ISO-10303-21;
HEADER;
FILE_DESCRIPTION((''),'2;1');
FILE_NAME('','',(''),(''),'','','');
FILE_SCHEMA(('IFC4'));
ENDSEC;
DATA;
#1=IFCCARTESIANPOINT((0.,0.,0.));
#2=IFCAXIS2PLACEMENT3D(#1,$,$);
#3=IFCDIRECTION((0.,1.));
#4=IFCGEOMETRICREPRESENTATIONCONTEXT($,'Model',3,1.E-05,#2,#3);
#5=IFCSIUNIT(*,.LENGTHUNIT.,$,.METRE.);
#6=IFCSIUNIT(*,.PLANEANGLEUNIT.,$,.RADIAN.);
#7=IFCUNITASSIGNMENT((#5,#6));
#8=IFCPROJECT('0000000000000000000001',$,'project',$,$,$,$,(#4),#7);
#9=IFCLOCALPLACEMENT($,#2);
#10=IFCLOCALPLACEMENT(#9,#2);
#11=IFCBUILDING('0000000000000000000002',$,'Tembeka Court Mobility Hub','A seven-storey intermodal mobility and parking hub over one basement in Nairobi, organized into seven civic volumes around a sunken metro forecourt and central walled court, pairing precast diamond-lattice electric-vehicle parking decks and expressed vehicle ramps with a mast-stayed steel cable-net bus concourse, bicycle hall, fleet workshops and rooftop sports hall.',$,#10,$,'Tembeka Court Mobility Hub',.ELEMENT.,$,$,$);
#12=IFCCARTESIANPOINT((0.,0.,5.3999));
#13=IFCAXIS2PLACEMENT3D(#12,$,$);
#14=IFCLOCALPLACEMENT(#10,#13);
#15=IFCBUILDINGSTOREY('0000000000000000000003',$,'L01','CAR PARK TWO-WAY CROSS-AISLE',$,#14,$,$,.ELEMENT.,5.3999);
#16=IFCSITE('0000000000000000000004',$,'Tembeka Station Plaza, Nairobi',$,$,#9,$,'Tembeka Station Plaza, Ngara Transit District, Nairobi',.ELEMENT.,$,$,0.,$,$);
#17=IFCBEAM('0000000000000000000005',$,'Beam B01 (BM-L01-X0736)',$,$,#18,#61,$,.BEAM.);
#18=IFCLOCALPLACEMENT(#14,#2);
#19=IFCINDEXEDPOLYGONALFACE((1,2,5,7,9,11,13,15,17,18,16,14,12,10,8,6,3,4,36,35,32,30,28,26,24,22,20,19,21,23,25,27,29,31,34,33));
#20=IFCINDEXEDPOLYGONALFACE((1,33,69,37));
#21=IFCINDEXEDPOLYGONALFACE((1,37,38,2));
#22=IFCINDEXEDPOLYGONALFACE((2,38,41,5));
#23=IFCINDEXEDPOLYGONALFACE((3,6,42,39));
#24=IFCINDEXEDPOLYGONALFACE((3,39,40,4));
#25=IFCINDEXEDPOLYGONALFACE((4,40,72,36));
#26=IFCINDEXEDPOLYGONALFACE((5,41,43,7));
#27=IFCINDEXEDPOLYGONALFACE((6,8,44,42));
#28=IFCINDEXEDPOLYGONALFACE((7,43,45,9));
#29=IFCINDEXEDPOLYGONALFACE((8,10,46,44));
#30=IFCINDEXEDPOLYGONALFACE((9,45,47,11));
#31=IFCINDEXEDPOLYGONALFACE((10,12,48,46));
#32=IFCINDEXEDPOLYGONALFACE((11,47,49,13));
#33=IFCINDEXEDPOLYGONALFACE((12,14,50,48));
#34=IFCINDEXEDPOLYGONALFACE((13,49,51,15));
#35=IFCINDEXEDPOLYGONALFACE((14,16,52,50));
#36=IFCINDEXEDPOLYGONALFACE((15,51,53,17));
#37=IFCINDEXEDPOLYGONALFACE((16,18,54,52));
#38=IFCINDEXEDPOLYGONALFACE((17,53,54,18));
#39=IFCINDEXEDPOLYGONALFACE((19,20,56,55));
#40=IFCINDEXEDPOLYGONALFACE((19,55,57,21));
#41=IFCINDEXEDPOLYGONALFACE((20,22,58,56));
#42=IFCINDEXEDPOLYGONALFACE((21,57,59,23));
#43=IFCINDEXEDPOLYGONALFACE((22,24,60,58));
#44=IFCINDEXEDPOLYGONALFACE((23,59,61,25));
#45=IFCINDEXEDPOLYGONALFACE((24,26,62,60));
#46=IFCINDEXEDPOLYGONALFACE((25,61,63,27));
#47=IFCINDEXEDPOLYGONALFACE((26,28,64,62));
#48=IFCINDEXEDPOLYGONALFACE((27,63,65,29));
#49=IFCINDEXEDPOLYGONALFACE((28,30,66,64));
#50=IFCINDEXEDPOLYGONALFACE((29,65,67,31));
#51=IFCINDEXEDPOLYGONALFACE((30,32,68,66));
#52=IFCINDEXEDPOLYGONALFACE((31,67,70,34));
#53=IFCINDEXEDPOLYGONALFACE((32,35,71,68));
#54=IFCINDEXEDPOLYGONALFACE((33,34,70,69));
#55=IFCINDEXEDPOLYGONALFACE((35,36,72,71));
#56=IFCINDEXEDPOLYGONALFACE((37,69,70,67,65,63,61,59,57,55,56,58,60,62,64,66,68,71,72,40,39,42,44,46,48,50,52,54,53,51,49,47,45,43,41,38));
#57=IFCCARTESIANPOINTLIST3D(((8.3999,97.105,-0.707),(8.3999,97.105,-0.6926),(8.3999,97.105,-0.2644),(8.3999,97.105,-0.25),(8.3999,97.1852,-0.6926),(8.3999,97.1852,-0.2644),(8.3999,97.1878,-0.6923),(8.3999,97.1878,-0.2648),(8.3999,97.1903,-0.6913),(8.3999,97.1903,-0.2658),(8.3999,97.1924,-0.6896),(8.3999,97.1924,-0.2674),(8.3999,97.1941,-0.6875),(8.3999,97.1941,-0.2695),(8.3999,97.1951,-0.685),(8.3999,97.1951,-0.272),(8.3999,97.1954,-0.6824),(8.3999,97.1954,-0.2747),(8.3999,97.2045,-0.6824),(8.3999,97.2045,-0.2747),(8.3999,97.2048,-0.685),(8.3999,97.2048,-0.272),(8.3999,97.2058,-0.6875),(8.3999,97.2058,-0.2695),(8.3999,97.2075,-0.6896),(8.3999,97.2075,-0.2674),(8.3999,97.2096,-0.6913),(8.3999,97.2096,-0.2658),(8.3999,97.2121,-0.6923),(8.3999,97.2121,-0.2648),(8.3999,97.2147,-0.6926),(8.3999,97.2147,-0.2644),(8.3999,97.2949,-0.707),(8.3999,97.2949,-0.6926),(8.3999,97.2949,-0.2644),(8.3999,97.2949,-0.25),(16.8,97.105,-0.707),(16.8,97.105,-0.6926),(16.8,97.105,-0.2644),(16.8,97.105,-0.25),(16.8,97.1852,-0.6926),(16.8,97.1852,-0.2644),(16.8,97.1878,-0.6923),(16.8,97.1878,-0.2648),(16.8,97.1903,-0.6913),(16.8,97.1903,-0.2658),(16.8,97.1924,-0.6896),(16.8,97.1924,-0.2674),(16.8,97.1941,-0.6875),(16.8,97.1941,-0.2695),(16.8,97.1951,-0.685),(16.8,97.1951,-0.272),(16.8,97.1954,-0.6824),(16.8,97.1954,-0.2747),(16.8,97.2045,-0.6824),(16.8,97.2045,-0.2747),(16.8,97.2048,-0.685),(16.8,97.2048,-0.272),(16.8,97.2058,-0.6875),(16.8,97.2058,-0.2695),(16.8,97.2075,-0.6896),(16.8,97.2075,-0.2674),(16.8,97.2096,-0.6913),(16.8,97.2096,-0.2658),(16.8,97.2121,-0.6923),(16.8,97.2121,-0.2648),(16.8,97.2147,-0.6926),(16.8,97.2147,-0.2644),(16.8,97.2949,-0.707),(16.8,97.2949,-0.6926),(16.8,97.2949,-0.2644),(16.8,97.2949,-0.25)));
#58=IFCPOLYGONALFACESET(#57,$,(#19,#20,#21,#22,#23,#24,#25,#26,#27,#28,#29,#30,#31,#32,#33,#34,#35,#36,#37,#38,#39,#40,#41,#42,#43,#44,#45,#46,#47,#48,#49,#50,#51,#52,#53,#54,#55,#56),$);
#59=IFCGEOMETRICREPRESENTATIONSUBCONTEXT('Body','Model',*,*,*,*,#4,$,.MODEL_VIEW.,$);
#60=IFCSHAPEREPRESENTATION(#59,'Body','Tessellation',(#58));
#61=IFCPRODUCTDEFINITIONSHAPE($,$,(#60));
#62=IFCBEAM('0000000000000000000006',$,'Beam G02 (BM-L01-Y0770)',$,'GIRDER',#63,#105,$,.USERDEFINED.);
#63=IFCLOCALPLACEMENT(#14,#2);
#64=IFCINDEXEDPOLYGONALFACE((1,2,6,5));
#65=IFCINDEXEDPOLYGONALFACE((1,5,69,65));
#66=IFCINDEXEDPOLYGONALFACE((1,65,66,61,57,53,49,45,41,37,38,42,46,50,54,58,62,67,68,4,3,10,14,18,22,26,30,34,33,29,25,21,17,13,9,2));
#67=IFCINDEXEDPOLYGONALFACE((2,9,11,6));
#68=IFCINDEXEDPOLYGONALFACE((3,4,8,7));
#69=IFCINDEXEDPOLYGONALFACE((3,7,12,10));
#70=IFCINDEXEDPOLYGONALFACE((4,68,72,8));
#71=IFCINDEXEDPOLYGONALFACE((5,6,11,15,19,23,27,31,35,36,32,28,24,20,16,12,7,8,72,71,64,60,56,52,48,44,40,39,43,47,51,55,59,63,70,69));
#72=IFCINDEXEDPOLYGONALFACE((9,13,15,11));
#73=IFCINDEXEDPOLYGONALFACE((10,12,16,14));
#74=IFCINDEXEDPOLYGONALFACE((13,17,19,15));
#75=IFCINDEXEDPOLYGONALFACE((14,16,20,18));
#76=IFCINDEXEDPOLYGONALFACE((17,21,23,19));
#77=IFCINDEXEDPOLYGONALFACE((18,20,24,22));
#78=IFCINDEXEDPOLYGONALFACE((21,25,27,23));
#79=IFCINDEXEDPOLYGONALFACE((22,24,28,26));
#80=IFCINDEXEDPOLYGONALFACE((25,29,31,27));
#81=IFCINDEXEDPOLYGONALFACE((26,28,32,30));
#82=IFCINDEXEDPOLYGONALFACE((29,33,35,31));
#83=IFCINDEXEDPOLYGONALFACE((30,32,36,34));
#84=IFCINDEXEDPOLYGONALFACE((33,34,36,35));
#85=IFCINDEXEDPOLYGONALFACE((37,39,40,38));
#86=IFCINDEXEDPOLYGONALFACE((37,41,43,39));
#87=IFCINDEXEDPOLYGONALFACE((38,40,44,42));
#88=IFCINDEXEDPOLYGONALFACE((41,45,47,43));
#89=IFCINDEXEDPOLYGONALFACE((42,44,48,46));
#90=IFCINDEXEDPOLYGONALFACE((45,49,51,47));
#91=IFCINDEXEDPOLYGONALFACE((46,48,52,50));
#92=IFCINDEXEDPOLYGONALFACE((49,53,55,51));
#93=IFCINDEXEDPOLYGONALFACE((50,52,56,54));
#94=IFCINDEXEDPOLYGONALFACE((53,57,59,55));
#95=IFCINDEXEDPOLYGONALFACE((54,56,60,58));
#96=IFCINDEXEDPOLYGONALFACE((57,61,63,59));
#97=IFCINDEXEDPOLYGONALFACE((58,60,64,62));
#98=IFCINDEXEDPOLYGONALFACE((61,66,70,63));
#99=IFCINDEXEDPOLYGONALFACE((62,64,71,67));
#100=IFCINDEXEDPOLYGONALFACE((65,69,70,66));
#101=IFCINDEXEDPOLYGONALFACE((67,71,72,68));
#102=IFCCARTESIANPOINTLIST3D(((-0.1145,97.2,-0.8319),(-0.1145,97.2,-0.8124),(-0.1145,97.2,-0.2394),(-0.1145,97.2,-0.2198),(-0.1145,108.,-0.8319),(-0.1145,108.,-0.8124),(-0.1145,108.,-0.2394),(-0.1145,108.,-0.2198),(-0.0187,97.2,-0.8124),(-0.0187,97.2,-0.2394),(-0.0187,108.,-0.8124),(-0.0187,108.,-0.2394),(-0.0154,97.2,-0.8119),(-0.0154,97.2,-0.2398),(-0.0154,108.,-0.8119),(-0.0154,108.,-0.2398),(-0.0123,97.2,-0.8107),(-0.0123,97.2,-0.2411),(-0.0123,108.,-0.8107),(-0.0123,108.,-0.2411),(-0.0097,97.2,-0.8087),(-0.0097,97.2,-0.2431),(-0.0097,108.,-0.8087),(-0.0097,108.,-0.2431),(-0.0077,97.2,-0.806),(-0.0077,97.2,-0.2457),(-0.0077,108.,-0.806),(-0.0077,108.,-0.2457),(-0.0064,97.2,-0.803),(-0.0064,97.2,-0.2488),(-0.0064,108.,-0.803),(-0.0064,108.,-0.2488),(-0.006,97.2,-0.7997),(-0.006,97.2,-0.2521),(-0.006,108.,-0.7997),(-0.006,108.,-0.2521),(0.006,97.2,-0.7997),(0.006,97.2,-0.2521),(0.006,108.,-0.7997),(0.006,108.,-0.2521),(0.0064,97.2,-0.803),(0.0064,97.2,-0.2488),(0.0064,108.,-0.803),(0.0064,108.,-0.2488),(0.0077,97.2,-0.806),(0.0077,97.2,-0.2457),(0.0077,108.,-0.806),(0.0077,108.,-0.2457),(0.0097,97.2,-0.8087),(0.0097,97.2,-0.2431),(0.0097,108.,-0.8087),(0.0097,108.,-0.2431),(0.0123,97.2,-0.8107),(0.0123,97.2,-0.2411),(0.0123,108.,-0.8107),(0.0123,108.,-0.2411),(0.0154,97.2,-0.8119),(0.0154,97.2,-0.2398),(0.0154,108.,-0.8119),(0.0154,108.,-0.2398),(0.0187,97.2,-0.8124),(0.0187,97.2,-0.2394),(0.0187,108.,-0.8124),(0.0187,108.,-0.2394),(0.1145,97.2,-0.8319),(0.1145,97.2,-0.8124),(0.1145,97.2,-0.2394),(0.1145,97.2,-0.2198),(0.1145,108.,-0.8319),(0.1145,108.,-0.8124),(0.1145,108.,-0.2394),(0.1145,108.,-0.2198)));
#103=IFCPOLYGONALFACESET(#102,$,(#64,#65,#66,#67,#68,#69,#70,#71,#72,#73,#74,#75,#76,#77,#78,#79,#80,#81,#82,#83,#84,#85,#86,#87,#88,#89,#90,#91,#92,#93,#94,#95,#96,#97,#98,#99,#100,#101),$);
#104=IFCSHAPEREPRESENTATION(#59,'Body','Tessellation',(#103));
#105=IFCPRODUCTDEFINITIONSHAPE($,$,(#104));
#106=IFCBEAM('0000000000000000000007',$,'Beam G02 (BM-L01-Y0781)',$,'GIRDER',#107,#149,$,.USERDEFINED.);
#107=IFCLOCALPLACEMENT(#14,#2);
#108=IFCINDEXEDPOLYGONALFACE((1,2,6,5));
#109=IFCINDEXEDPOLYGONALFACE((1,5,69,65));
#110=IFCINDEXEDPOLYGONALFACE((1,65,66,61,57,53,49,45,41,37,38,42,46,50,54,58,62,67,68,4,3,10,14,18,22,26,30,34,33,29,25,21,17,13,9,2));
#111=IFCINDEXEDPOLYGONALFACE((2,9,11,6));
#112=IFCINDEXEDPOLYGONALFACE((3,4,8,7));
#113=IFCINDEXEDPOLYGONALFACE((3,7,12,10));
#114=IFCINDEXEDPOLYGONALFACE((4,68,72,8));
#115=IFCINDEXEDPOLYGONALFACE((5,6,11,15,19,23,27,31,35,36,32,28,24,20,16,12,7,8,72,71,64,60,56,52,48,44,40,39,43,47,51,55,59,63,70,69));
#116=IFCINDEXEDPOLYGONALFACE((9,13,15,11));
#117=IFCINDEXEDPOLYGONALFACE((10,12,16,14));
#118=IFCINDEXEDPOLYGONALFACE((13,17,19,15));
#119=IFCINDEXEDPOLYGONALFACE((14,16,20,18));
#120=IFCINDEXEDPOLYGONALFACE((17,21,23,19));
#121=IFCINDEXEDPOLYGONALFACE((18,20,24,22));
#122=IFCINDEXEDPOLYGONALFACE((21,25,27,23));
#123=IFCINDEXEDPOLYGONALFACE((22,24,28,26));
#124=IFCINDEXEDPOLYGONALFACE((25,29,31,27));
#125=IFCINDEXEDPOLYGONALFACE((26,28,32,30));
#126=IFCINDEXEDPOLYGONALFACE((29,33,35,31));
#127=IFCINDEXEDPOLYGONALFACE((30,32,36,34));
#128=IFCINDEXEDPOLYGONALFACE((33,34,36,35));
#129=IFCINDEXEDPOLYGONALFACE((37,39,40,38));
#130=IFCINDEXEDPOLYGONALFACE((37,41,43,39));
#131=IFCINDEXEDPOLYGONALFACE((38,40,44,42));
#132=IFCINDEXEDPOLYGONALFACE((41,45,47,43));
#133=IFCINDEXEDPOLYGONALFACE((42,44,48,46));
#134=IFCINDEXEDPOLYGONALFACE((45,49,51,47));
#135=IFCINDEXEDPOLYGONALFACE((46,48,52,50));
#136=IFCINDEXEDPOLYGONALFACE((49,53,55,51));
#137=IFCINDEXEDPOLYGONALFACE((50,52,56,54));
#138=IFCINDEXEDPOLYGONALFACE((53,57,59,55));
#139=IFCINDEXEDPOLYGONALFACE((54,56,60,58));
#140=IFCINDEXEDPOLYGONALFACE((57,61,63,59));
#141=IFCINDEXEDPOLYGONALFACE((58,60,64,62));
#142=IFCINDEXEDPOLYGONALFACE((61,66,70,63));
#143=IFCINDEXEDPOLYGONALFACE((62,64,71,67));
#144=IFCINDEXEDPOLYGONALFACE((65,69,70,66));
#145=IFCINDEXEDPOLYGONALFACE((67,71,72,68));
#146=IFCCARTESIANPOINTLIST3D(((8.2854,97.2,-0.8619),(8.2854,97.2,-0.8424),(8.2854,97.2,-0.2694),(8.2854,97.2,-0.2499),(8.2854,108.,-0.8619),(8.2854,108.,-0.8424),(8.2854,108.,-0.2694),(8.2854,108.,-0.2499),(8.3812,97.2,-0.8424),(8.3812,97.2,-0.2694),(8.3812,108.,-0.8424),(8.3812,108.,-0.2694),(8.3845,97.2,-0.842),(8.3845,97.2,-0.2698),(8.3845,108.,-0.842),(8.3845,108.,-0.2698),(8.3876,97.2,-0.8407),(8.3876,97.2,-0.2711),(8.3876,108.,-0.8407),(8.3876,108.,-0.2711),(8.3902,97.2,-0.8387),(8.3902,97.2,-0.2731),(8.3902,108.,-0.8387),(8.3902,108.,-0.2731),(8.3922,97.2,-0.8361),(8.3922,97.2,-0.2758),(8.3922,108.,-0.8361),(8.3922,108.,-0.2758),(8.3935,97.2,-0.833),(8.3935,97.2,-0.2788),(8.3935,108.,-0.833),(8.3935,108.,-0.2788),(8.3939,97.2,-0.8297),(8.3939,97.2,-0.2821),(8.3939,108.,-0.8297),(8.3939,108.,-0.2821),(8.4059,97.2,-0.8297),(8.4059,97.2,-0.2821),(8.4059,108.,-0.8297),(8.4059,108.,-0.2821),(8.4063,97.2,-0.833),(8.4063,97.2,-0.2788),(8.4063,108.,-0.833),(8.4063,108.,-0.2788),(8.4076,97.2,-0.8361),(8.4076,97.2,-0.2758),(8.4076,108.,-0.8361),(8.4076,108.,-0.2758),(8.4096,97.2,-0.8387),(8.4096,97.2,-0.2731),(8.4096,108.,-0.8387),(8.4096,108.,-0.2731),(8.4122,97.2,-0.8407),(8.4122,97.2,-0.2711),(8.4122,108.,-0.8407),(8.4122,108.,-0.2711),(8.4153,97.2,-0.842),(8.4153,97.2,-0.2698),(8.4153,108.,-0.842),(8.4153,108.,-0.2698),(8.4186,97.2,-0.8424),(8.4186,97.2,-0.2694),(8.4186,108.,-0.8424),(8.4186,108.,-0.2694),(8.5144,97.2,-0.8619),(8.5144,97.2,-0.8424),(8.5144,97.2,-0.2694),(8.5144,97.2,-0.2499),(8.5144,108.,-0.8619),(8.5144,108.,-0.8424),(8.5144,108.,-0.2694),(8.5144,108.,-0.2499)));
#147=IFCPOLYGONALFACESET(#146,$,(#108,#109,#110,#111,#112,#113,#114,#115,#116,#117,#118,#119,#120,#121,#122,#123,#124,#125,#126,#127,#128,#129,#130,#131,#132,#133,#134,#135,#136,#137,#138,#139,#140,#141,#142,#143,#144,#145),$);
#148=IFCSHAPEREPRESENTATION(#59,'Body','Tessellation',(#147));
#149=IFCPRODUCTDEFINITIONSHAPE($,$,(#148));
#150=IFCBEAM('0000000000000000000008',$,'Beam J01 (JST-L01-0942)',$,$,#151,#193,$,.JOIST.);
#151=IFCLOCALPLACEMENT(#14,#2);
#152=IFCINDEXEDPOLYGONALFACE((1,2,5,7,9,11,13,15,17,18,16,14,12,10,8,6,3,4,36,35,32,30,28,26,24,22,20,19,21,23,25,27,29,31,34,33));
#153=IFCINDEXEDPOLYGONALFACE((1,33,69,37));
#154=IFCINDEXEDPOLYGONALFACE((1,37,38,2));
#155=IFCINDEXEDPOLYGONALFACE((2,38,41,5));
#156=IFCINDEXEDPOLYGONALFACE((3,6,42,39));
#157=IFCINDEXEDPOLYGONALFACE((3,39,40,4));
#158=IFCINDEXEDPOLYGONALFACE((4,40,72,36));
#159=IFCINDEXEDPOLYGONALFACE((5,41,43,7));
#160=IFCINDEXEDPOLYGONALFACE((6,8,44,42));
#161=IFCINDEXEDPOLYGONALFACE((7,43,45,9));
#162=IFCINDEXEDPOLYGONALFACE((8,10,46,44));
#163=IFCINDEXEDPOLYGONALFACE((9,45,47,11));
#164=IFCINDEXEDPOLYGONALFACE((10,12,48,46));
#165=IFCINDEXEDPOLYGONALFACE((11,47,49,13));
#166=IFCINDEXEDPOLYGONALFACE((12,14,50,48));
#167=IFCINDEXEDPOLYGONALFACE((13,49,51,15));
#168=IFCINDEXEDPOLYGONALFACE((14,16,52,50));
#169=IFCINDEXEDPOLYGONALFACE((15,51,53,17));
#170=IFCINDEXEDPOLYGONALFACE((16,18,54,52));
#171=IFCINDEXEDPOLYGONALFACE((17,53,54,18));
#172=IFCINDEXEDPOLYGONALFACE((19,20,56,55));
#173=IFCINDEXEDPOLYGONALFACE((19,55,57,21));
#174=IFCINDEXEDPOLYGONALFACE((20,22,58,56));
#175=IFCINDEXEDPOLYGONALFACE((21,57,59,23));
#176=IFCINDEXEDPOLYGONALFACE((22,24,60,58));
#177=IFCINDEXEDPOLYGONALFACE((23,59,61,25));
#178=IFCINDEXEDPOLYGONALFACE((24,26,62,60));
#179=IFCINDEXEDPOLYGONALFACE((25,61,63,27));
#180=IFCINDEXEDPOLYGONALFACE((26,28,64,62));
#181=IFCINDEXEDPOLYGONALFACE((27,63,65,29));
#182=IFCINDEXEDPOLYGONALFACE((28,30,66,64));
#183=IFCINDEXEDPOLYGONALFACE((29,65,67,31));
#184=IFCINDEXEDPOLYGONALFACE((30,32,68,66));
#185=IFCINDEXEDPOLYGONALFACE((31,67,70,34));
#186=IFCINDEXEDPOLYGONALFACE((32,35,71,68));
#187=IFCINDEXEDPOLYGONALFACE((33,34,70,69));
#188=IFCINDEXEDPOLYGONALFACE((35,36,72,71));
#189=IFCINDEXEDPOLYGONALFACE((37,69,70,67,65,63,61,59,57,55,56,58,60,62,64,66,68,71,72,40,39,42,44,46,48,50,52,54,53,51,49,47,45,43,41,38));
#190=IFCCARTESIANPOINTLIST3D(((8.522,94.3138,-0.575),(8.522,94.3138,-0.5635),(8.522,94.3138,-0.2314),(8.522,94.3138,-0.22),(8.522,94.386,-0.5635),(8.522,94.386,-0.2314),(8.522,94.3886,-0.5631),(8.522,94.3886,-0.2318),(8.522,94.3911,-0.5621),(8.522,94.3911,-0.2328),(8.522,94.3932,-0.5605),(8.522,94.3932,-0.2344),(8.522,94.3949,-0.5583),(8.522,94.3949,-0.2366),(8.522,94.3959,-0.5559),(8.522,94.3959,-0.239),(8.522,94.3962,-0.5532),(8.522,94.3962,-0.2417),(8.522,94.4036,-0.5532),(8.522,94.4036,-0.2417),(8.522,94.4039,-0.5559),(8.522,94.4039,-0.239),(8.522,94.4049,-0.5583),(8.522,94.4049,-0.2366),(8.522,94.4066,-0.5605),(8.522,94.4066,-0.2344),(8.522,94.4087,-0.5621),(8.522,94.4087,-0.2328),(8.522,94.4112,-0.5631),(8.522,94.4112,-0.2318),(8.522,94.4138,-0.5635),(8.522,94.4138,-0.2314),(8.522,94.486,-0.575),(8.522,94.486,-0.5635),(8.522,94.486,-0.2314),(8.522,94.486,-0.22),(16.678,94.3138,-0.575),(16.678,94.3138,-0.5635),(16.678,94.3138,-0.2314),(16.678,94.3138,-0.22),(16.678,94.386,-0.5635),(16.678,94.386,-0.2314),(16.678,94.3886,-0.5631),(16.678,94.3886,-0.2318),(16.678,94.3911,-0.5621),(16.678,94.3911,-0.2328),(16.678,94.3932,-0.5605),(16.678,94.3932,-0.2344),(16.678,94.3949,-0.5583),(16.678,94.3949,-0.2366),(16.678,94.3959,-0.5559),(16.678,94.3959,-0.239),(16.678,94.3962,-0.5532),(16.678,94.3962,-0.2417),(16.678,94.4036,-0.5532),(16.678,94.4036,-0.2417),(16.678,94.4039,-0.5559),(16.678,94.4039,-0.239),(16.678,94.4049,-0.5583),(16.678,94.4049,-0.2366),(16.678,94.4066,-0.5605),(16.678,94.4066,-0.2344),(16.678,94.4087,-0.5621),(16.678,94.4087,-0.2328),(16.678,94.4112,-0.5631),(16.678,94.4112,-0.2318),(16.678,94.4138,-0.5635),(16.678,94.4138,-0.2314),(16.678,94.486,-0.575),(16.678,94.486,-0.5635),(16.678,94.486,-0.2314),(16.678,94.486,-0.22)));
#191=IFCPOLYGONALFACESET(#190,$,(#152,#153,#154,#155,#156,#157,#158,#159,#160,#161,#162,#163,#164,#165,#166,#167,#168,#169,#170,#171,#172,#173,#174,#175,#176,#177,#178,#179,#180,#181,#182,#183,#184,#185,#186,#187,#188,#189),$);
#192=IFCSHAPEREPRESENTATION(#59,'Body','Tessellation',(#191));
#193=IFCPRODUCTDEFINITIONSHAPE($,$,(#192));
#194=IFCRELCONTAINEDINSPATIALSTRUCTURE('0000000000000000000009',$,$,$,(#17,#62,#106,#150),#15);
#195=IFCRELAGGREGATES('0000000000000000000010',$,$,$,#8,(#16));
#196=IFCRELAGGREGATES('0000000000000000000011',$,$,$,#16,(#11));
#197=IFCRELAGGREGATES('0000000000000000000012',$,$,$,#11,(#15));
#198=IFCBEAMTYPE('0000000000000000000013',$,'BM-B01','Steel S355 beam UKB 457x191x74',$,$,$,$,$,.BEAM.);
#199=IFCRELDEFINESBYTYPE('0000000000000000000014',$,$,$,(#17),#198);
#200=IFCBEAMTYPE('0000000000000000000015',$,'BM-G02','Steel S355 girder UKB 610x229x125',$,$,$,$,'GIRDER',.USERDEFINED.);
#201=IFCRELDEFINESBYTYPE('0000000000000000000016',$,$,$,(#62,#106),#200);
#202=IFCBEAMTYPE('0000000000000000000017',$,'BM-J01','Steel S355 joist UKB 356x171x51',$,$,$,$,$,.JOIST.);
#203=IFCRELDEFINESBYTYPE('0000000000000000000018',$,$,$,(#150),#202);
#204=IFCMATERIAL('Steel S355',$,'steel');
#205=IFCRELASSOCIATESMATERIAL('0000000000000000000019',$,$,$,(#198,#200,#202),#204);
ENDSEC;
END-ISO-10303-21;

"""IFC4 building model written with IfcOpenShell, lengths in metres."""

from ifc_helpers import new_model, si_unit, direction, frame, origin, origin_2d, place, context, subcontext, project, spatial, i_section, extrude, material, material_profile, profile_set, type_object, element, save


model = new_model("IFC4")

# Units and contexts
model_context = context("Model", 3, precision=1e-05, world=origin(), true_north=direction((0.0, 1.0)))
body_context = subcontext(model_context, "Body", "Model", "MODEL_VIEW")
ifc_project = project(units=[si_unit("LENGTHUNIT", "METRE"), si_unit("PLANEANGLEUNIT", "RADIAN")], contexts=[model_context])

# Site, building, storey
site_placement = place(None, origin())
site = spatial("IfcSite", under=ifc_project, at=site_placement, Name="Tembeka Station Plaza, Nairobi", LongName="Tembeka Station Plaza, Ngara Transit District, Nairobi", CompositionType="ELEMENT", RefElevation=0.0)
building_placement = place(site_placement, origin())
building = spatial("IfcBuilding", under=site, at=building_placement, Name="Tembeka Court Mobility Hub", Description="A seven-storey intermodal mobility and parking hub over one basement in Nairobi, organized into seven civic volumes around a sunken metro forecourt and central walled court, pairing precast diamond-lattice electric-vehicle parking decks and expressed vehicle ramps with a mast-stayed steel cable-net bus concourse, bicycle hall, fleet workshops and rooftop sports hall.", LongName="Tembeka Court Mobility Hub", CompositionType="ELEMENT")
storey_placement = place(building_placement, frame((0.0, 0.0, 5.3999)))
storey = spatial("IfcBuildingStorey", under=building, at=storey_placement, Name="L01", Description="CAR PARK TWO-WAY CROSS-AISLE", CompositionType="ELEMENT", Elevation=5.3999)

# Shared definitions
ifc_material_1 = material(Name="Steel S355", Category="steel")

# Beams
ifc_material_profile_1 = material_profile(ifc_material_1, i_section(OverallWidth=0.1899, OverallDepth=0.457, WebThickness=0.009, FlangeThickness=0.0144, FilletRadius=0.0103, at=origin_2d()), Name="UKB 457x191x74")
ifc_profile_set_1 = profile_set([ifc_material_profile_1], Name="Steel S355")
beam_type_1 = type_object("IfcBeamType", Name="BM-B01", Description="Steel S355 beam UKB 457x191x74", PredefinedType="BEAM", material=ifc_profile_set_1)
beam_1_placement = place(storey_placement, frame((8.3999, 97.2, -0.4785), z_axis=(1.0, 0.0, 0.0), x_axis=(0.0, 1.0, 0.0)))
element("IfcBeam", 1, at=beam_1_placement, inside=storey, type_object=beam_type_1, Name="Beam B01 (BM-L01-X0736)", PredefinedType="BEAM", context=body_context, shape_type="SweptSolid", body=[
    extrude(i_section(OverallWidth=0.1899, OverallDepth=0.457, WebThickness=0.009, FlangeThickness=0.0144, FilletRadius=0.0103, at=origin_2d()), origin(), (0.0, 0.0, 1.0), 8.4001),
])
ifc_material_profile_2 = material_profile(ifc_material_1, i_section(OverallWidth=0.229, OverallDepth=0.6121, WebThickness=0.012, FlangeThickness=0.0195, FilletRadius=0.0127, at=origin_2d()), Name="UKB 610x229x125")
ifc_profile_set_2 = profile_set([ifc_material_profile_2], Name="Steel S355")
beam_type_2 = type_object("IfcBeamType", Name="BM-G02", Description="Steel S355 girder UKB 610x229x125", ElementType="GIRDER", PredefinedType="USERDEFINED", material=ifc_profile_set_2)
for number, where, z_axis, x_axis, name in (
    (2, (0.0, 97.2, -0.5259), (0.0, 1.0, 0.0), (-1.0, 0.0, 0.0), "Beam G02 (BM-L01-Y0770)"),
    (3, (8.3999, 97.2, -0.5559), (0.0, 1.0, 0.0), (-1.0, 0.0, 0.0), "Beam G02 (BM-L01-Y0781)"),
):
    element("IfcBeam", number, at=place(storey_placement, frame(where, z_axis=z_axis, x_axis=x_axis)), inside=storey, type_object=beam_type_2, Name=name, ObjectType="GIRDER", PredefinedType="USERDEFINED", context=body_context, shape_type="SweptSolid", body=[
        extrude(i_section(OverallWidth=0.229, OverallDepth=0.6121, WebThickness=0.012, FlangeThickness=0.0195, FilletRadius=0.0127, at=origin_2d()), origin(), (0.0, 0.0, 1.0), 10.8),
    ])
ifc_material_profile_3 = material_profile(ifc_material_1, i_section(OverallWidth=0.1721, OverallDepth=0.355, WebThickness=0.0073, FlangeThickness=0.0115, FilletRadius=0.0103, at=origin_2d()), Name="UKB 356x171x51")
ifc_profile_set_3 = profile_set([ifc_material_profile_3], Name="Steel S355")
beam_type_3 = type_object("IfcBeamType", Name="BM-J01", Description="Steel S355 joist UKB 356x171x51", PredefinedType="JOIST", material=ifc_profile_set_3)
beam_2_placement = place(storey_placement, frame((8.522, 94.3999, -0.3975), z_axis=(1.0, 0.0, 0.0), x_axis=(0.0, 1.0, 0.0)))
element("IfcBeam", 4, at=beam_2_placement, inside=storey, type_object=beam_type_3, Name="Beam J01 (JST-L01-0942)", PredefinedType="JOIST", context=body_context, shape_type="SweptSolid", body=[
    extrude(i_section(OverallWidth=0.1721, OverallDepth=0.355, WebThickness=0.0073, FlangeThickness=0.0115, FilletRadius=0.0103, at=origin_2d()), origin(), (0.0, 0.0, 1.0), 8.156),
])

save(model, "model.ifc")
